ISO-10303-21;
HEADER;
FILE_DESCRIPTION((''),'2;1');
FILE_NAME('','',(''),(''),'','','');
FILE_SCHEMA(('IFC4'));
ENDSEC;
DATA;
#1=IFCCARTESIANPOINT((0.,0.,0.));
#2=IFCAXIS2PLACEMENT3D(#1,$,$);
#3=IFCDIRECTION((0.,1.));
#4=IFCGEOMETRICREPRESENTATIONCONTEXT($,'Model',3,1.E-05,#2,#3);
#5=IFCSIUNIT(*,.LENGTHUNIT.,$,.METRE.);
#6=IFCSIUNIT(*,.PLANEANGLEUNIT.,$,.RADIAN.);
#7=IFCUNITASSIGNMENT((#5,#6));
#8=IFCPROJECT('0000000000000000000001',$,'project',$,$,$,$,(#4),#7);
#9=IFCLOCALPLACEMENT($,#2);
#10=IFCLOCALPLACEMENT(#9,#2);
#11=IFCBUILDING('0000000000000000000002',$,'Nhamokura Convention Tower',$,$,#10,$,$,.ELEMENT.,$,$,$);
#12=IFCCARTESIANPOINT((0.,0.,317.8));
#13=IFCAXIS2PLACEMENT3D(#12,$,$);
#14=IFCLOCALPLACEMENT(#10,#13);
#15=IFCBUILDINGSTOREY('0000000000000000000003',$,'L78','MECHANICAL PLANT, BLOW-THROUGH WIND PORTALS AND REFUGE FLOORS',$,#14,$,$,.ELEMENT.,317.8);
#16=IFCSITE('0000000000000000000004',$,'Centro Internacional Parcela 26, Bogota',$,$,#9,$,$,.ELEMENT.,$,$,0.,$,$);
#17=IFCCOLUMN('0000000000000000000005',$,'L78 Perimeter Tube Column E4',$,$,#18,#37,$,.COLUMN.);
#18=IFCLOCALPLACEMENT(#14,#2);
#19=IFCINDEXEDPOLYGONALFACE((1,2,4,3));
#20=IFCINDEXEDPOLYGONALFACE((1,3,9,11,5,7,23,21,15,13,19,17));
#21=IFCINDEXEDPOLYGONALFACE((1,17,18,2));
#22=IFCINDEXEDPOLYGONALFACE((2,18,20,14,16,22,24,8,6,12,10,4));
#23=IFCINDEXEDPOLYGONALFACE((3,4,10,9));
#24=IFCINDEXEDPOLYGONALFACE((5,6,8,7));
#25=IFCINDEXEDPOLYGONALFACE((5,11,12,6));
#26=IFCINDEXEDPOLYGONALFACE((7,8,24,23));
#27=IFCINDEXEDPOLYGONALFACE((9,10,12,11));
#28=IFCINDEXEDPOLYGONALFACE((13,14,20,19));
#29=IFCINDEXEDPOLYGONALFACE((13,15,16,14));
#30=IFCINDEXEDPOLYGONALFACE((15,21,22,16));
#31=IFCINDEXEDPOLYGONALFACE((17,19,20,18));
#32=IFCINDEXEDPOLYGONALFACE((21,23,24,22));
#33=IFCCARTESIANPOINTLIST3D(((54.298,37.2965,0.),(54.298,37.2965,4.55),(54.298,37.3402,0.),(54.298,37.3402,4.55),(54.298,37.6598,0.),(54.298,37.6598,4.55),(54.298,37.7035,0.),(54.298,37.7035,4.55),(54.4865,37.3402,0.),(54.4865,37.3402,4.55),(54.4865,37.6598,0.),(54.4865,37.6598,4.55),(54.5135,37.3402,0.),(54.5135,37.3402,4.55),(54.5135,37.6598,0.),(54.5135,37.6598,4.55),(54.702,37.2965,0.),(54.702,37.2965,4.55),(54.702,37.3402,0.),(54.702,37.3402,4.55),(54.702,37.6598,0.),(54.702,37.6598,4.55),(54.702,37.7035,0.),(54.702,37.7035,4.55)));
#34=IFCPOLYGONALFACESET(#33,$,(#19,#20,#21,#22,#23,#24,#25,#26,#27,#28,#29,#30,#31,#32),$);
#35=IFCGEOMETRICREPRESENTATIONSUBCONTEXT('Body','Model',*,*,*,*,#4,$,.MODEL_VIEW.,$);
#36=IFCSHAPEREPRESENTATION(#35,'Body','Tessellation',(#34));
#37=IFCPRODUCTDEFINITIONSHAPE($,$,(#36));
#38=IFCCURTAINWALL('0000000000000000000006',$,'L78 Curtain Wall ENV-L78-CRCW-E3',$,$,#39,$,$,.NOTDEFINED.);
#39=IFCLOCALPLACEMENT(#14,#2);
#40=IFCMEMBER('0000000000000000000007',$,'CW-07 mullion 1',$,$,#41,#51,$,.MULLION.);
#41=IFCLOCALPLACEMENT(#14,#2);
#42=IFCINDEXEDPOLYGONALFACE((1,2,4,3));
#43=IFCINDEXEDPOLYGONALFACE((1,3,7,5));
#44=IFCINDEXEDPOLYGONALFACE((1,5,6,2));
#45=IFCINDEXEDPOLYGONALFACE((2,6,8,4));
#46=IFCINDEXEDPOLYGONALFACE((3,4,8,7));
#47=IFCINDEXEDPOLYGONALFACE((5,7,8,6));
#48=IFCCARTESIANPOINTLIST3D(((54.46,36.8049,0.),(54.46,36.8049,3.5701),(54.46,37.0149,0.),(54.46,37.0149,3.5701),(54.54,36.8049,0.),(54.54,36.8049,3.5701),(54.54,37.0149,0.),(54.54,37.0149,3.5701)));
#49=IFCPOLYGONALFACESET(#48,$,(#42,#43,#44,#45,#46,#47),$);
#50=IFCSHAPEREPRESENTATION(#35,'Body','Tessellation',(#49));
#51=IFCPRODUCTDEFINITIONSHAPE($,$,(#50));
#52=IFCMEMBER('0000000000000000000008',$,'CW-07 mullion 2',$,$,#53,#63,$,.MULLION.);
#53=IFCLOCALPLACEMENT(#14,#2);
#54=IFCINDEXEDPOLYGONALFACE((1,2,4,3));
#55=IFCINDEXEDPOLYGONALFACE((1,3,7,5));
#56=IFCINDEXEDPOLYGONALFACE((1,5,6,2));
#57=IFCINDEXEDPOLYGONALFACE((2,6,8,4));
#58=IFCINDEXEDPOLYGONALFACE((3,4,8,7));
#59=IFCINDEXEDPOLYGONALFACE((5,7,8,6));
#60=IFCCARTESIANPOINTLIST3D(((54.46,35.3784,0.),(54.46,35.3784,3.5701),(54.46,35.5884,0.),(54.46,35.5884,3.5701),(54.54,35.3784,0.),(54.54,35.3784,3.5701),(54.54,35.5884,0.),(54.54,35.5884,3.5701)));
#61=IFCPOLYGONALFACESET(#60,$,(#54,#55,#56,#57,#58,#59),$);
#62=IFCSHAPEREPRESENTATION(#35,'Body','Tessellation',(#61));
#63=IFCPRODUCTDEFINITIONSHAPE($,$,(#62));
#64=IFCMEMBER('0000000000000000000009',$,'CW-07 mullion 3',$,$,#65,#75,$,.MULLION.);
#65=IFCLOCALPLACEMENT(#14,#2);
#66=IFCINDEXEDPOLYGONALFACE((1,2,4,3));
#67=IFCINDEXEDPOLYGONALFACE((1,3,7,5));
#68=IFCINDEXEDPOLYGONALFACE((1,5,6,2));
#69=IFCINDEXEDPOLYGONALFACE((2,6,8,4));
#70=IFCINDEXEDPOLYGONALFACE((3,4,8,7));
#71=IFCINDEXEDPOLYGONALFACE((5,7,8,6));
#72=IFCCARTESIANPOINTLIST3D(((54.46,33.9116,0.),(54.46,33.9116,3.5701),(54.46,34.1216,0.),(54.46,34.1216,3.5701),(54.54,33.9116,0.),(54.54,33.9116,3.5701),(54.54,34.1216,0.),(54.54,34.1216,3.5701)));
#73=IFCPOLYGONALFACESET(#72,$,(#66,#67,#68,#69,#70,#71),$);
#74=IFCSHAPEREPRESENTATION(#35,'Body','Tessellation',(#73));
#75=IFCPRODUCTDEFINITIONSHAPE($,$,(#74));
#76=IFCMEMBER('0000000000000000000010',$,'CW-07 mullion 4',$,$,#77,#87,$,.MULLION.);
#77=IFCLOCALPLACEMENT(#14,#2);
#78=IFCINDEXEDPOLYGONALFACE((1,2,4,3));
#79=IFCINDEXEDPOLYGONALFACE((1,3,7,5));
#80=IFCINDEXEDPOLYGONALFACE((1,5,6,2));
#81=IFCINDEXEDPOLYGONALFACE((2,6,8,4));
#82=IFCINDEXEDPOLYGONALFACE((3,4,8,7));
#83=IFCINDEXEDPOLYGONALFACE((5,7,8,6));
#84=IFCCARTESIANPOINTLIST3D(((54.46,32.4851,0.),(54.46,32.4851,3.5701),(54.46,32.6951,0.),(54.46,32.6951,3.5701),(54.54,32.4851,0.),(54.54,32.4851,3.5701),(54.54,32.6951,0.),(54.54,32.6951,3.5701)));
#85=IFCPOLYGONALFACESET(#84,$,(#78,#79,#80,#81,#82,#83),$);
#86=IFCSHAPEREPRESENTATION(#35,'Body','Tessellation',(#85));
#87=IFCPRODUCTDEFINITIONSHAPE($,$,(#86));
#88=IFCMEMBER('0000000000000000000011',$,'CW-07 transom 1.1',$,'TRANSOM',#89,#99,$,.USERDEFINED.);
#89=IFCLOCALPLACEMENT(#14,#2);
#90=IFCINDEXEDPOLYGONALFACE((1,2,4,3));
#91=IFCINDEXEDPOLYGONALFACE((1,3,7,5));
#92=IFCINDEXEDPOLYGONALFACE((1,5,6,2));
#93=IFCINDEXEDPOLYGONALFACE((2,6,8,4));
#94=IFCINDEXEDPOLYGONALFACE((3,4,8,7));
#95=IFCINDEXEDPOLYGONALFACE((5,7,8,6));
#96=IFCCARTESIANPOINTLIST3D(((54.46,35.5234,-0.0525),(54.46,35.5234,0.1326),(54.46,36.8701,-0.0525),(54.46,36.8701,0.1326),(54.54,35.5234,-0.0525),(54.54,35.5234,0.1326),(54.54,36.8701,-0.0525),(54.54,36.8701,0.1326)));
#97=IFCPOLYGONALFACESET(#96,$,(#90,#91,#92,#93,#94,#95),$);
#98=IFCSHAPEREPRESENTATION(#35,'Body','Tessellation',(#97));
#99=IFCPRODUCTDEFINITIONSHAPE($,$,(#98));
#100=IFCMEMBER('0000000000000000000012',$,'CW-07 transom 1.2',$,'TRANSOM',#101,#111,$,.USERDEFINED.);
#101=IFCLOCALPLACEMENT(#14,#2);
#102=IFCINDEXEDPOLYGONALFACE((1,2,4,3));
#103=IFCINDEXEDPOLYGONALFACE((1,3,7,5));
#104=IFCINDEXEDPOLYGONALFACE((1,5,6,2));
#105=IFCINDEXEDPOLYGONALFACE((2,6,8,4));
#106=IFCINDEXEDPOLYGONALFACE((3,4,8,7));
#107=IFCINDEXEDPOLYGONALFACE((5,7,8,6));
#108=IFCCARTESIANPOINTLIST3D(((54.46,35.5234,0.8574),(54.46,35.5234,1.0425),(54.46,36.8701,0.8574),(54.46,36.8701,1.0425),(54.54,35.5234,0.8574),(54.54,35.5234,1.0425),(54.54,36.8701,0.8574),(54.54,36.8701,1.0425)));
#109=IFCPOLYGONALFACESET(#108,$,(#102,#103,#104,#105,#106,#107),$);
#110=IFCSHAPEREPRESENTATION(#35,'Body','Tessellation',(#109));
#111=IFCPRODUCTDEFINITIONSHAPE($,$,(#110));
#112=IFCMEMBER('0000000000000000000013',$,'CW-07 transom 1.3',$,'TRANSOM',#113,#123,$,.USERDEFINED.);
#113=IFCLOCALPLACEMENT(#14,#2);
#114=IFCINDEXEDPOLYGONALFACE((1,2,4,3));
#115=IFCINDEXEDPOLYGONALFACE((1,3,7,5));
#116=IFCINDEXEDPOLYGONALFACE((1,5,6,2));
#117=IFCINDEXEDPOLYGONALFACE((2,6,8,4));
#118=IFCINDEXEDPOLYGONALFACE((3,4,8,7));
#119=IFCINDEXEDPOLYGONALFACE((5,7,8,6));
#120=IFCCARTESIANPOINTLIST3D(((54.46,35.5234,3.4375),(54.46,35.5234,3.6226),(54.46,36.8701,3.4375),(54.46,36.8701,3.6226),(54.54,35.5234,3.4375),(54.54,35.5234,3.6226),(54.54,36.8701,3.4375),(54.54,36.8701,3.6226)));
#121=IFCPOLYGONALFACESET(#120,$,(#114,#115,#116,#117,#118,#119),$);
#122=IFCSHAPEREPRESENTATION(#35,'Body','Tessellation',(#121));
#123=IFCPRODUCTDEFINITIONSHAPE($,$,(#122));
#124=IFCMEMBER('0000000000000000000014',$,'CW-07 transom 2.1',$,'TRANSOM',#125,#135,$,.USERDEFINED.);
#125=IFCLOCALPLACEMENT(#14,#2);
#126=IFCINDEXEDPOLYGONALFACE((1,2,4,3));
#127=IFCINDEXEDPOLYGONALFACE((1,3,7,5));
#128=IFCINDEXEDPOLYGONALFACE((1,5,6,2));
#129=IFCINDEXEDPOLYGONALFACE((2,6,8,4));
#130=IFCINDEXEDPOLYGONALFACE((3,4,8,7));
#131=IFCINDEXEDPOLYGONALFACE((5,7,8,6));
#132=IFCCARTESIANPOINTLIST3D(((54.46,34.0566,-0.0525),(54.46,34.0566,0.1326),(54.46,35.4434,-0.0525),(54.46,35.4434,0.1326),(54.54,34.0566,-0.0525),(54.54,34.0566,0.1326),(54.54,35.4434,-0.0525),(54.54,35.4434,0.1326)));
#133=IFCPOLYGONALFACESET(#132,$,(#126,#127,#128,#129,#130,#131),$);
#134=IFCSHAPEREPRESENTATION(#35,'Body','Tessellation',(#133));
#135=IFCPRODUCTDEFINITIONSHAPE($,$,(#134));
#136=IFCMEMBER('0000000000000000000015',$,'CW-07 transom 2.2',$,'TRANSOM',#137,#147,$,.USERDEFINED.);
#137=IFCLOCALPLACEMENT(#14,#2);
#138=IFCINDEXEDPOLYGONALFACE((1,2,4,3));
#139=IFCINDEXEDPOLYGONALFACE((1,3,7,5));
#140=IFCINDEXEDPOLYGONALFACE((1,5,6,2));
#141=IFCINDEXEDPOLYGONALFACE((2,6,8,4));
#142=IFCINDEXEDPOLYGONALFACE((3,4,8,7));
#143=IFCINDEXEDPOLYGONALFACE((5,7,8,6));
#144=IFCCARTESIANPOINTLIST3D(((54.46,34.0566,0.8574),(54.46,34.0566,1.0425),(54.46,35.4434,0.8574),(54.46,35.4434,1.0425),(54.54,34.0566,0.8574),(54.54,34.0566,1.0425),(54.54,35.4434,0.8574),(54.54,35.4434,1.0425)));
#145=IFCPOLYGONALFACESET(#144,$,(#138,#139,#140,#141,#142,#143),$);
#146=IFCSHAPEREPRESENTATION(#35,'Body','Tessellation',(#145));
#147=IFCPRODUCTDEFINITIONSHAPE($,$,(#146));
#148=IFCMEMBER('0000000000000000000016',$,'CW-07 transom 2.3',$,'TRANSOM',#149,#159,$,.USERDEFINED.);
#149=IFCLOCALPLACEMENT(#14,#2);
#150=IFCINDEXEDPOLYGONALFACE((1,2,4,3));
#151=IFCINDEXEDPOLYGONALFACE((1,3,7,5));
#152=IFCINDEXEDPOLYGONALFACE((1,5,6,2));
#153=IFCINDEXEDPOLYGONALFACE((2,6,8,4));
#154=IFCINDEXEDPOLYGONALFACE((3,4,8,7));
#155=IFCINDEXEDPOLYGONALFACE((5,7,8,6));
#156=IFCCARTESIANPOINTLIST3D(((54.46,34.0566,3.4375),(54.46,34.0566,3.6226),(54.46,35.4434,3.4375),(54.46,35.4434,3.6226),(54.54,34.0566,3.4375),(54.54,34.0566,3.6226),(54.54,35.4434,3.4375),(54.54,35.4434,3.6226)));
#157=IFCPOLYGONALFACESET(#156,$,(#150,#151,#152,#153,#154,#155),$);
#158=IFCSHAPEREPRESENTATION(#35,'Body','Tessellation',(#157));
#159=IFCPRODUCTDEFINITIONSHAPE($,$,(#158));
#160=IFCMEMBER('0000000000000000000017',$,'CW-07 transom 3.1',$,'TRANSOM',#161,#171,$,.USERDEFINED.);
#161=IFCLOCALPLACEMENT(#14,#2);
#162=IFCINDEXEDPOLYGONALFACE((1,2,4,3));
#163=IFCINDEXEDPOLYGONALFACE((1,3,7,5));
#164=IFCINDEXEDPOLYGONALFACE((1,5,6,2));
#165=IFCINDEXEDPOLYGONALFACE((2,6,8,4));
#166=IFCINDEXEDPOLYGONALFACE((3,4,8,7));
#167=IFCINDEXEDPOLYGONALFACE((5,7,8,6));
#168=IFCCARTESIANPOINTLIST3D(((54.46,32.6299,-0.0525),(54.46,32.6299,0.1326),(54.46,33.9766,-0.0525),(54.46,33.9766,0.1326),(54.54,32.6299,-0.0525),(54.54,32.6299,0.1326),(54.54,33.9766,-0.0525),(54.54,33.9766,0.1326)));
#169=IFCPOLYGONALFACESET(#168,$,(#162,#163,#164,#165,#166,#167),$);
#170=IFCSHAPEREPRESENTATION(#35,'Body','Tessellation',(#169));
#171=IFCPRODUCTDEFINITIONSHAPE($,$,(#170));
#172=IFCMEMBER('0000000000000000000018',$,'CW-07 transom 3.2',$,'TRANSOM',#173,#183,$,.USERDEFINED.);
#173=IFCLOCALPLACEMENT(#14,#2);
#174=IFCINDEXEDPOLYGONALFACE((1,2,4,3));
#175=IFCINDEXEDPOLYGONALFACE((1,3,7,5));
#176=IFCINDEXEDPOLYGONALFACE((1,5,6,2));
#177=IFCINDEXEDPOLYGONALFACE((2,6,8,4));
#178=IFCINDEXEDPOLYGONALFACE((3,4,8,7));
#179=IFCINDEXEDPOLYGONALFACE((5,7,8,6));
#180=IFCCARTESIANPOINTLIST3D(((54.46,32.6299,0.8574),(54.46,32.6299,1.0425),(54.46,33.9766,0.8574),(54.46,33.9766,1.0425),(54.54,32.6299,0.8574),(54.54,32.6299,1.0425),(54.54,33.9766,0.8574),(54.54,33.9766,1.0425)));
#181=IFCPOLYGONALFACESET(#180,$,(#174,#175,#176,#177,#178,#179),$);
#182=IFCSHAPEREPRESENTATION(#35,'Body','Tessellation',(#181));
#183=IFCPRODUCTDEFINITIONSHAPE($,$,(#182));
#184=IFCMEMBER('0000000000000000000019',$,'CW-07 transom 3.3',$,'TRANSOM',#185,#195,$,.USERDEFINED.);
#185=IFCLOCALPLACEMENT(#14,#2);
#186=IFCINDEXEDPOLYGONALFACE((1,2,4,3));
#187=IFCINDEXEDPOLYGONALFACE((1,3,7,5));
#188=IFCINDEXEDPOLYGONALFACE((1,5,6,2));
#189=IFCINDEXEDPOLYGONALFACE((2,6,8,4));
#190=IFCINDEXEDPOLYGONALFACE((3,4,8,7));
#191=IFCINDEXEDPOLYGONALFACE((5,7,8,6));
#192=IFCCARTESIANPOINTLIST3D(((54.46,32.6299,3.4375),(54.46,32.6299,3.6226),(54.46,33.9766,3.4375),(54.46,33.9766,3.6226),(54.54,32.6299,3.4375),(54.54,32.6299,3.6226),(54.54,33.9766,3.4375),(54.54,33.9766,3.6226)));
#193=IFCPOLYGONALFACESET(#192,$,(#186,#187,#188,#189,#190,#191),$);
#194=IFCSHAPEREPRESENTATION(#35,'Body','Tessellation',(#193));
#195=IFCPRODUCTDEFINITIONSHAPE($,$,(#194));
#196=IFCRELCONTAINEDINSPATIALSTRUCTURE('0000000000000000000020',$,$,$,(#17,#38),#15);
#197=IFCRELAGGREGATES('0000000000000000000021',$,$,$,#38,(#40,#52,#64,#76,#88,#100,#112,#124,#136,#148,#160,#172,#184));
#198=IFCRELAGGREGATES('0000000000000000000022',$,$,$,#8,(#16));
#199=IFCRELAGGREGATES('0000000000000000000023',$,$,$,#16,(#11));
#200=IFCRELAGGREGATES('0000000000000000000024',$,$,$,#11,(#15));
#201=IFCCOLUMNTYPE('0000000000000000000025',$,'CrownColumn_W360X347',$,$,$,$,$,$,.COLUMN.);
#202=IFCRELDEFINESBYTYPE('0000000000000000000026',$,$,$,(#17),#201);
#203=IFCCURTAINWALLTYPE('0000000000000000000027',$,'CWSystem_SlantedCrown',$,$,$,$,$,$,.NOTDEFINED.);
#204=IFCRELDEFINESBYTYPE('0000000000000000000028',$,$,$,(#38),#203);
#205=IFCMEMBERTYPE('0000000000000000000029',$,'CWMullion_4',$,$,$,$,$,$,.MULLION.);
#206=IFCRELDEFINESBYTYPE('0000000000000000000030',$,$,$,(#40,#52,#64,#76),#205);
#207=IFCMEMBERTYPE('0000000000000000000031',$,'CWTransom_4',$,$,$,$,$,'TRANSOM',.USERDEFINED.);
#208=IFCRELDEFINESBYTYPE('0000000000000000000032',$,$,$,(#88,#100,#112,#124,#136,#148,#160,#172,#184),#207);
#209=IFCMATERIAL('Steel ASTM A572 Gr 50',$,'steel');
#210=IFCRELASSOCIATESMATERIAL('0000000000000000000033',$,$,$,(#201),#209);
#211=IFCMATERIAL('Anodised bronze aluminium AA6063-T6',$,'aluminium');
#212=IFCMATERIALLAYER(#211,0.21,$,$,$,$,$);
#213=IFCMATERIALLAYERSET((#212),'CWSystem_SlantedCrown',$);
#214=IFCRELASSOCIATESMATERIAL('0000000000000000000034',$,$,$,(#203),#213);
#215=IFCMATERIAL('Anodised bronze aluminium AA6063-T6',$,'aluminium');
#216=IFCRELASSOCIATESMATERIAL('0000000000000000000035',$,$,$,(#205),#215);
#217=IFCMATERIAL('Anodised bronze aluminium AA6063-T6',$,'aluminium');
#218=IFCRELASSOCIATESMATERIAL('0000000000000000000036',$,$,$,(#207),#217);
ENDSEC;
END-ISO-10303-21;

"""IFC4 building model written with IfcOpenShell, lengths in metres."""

from ifc_helpers import new_model, si_unit, direction, frame, origin, origin_2d, place, context, subcontext, project, spatial, rectangle, i_section, extrude, material, layer, layer_set, material_profile, profile_set, type_object, element, aggregate, save


model = new_model("IFC4")

# Units and contexts
model_context = context("Model", 3, precision=1e-05, world=origin(), true_north=direction((0.0, 1.0)))
body_context = subcontext(model_context, "Body", "Model", "MODEL_VIEW")
ifc_project = project(units=[si_unit("LENGTHUNIT", "METRE"), si_unit("PLANEANGLEUNIT", "RADIAN")], contexts=[model_context])

# Site, building, storey
site_placement = place(None, origin())
site = spatial("IfcSite", under=ifc_project, at=site_placement, Name="Centro Internacional Parcela 26, Bogota", CompositionType="ELEMENT", RefElevation=0.0)
building_placement = place(site_placement, origin())
building = spatial("IfcBuilding", under=site, at=building_placement, Name="Nhamokura Convention Tower", CompositionType="ELEMENT")
storey_placement = place(building_placement, frame((0.0, 0.0, 317.8)))
storey = spatial("IfcBuildingStorey", under=building, at=storey_placement, Name="L78", Description="MECHANICAL PLANT, BLOW-THROUGH WIND PORTALS AND REFUGE FLOORS", CompositionType="ELEMENT", Elevation=317.8)

# Column
ifc_material_1 = material(Name="Steel ASTM A572 Gr 50", Category="steel")
ifc_material_profile_1 = material_profile(ifc_material_1, i_section(OverallWidth=0.4041, OverallDepth=0.407, WebThickness=0.0271, FlangeThickness=0.0437, at=origin_2d()))
ifc_profile_set_1 = profile_set([ifc_material_profile_1], Name="Steel ASTM A572 Gr 50")
column_type = type_object("IfcColumnType", Name="CrownColumn_W360X347", PredefinedType="COLUMN", material=ifc_profile_set_1)
column_placement = place(storey_placement, frame((54.5, 37.5, 0.0), z_axis=(0.0, 0.0, 1.0), x_axis=(1.0, 0.0, 0.0)))
element("IfcColumn", 1, at=column_placement, inside=storey, type_object=column_type, Name="L78 Perimeter Tube Column E4", PredefinedType="COLUMN", context=body_context, shape_type="SweptSolid", body=[
    extrude(i_section(OverallWidth=0.4041, OverallDepth=0.407, WebThickness=0.0271, FlangeThickness=0.0437, at=origin_2d()), origin(), (0.0, 0.0, 1.0), 4.55),
])

# Curtain wall, members
ifc_material_2 = material(Name="Anodised bronze aluminium AA6063-T6", Category="aluminium")
ifc_layer_1 = layer(ifc_material_2, 0.21)
ifc_layer_set_1 = layer_set([ifc_layer_1], Name="CWSystem_SlantedCrown")
curtain_wall_type = type_object("IfcCurtainWallType", Name="CWSystem_SlantedCrown", PredefinedType="NOTDEFINED", material=ifc_layer_set_1)
curtain_wall_placement = place(storey_placement, origin())
curtain_wall = element("IfcCurtainWall", 2, at=curtain_wall_placement, inside=storey, type_object=curtain_wall_type, Name="L78 Curtain Wall ENV-L78-CRCW-E3", PredefinedType="NOTDEFINED")
ifc_material_3 = material(Name="Anodised bronze aluminium AA6063-T6", Category="aluminium")
ifc_material_profile_2 = material_profile(ifc_material_3, rectangle(XDim=0.0801, YDim=0.21, at=origin_2d()))
ifc_profile_set_2 = profile_set([ifc_material_profile_2], Name="Anodised bronze aluminium AA6063-T6")
member_type_1 = type_object("IfcMemberType", Name="CWMullion_4", PredefinedType="MULLION", material=ifc_profile_set_2)
member_1_placement = place(storey_placement, frame((54.5, 36.9099, 0.0), z_axis=(0.0, 0.0, 1.0), x_axis=(1.0, 0.0, 0.0)))
member_1 = element("IfcMember", 3, at=member_1_placement, type_object=member_type_1, Name="CW-07 mullion 1", PredefinedType="MULLION", context=body_context, shape_type="SweptSolid", body=[
    extrude(rectangle(XDim=0.0801, YDim=0.21, at=origin_2d()), origin(), (0.0, 0.0, 1.0), 3.5701),
])
member_2_placement = place(storey_placement, frame((54.5, 35.4834, 0.0), z_axis=(0.0, 0.0, 1.0), x_axis=(1.0, 0.0, 0.0)))
member_2 = element("IfcMember", 4, at=member_2_placement, type_object=member_type_1, Name="CW-07 mullion 2", PredefinedType="MULLION", context=body_context, shape_type="SweptSolid", body=[
    extrude(rectangle(XDim=0.0801, YDim=0.21, at=origin_2d()), origin(), (0.0, 0.0, 1.0), 3.5701),
])
member_3_placement = place(storey_placement, frame((54.5, 34.0166, 0.0), z_axis=(0.0, 0.0, 1.0), x_axis=(1.0, 0.0, 0.0)))
member_3 = element("IfcMember", 5, at=member_3_placement, type_object=member_type_1, Name="CW-07 mullion 3", PredefinedType="MULLION", context=body_context, shape_type="SweptSolid", body=[
    extrude(rectangle(XDim=0.0801, YDim=0.21, at=origin_2d()), origin(), (0.0, 0.0, 1.0), 3.5701),
])
member_4_placement = place(storey_placement, frame((54.5, 32.5901, 0.0), z_axis=(0.0, 0.0, 1.0), x_axis=(1.0, 0.0, 0.0)))
member_4 = element("IfcMember", 6, at=member_4_placement, type_object=member_type_1, Name="CW-07 mullion 4", PredefinedType="MULLION", context=body_context, shape_type="SweptSolid", body=[
    extrude(rectangle(XDim=0.0801, YDim=0.21, at=origin_2d()), origin(), (0.0, 0.0, 1.0), 3.5701),
])
ifc_material_4 = material(Name="Anodised bronze aluminium AA6063-T6", Category="aluminium")
ifc_material_profile_3 = material_profile(ifc_material_4, rectangle(XDim=0.0801, YDim=0.1851, at=origin_2d()))
ifc_profile_set_3 = profile_set([ifc_material_profile_3], Name="Anodised bronze aluminium AA6063-T6")
member_type_2 = type_object("IfcMemberType", Name="CWTransom_4", ElementType="TRANSOM", PredefinedType="USERDEFINED", material=ifc_profile_set_3)
member_5_placement = place(storey_placement, frame((54.5, 36.8701, 0.04), z_axis=(0.0, -1.0, 0.0), x_axis=(1.0, 0.0, 0.0)))
member_5 = element("IfcMember", 7, at=member_5_placement, type_object=member_type_2, Name="CW-07 transom 1.1", ObjectType="TRANSOM", PredefinedType="USERDEFINED", context=body_context, shape_type="SweptSolid", body=[
    extrude(rectangle(XDim=0.0801, YDim=0.1851, at=origin_2d()), origin(), (0.0, 0.0, 1.0), 1.3467),
])
member_6_placement = place(storey_placement, frame((54.5, 36.8701, 0.95), z_axis=(0.0, -1.0, 0.0), x_axis=(1.0, 0.0, 0.0)))
member_6 = element("IfcMember", 8, at=member_6_placement, type_object=member_type_2, Name="CW-07 transom 1.2", ObjectType="TRANSOM", PredefinedType="USERDEFINED", context=body_context, shape_type="SweptSolid", body=[
    extrude(rectangle(XDim=0.0801, YDim=0.1851, at=origin_2d()), origin(), (0.0, 0.0, 1.0), 1.3467),
])
member_7_placement = place(storey_placement, frame((54.5, 36.8701, 3.53), z_axis=(0.0, -1.0, 0.0), x_axis=(1.0, 0.0, 0.0)))
member_7 = element("IfcMember", 9, at=member_7_placement, type_object=member_type_2, Name="CW-07 transom 1.3", ObjectType="TRANSOM", PredefinedType="USERDEFINED", context=body_context, shape_type="SweptSolid", body=[
    extrude(rectangle(XDim=0.0801, YDim=0.1851, at=origin_2d()), origin(), (0.0, 0.0, 1.0), 1.3467),
])
member_8_placement = place(storey_placement, frame((54.5, 35.4434, 0.04), z_axis=(0.0, -1.0, 0.0), x_axis=(1.0, 0.0, 0.0)))
member_8 = element("IfcMember", 10, at=member_8_placement, type_object=member_type_2, Name="CW-07 transom 2.1", ObjectType="TRANSOM", PredefinedType="USERDEFINED", context=body_context, shape_type="SweptSolid", body=[
    extrude(rectangle(XDim=0.0801, YDim=0.1851, at=origin_2d()), origin(), (0.0, 0.0, 1.0), 1.3867),
])
member_9_placement = place(storey_placement, frame((54.5, 35.4434, 0.95), z_axis=(0.0, -1.0, 0.0), x_axis=(1.0, 0.0, 0.0)))
member_9 = element("IfcMember", 11, at=member_9_placement, type_object=member_type_2, Name="CW-07 transom 2.2", ObjectType="TRANSOM", PredefinedType="USERDEFINED", context=body_context, shape_type="SweptSolid", body=[
    extrude(rectangle(XDim=0.0801, YDim=0.1851, at=origin_2d()), origin(), (0.0, 0.0, 1.0), 1.3867),
])
member_10_placement = place(storey_placement, frame((54.5, 35.4434, 3.53), z_axis=(0.0, -1.0, 0.0), x_axis=(1.0, 0.0, 0.0)))
member_10 = element("IfcMember", 12, at=member_10_placement, type_object=member_type_2, Name="CW-07 transom 2.3", ObjectType="TRANSOM", PredefinedType="USERDEFINED", context=body_context, shape_type="SweptSolid", body=[
    extrude(rectangle(XDim=0.0801, YDim=0.1851, at=origin_2d()), origin(), (0.0, 0.0, 1.0), 1.3867),
])
member_11_placement = place(storey_placement, frame((54.5, 33.9766, 0.04), z_axis=(0.0, -1.0, 0.0), x_axis=(1.0, 0.0, 0.0)))
member_11 = element("IfcMember", 13, at=member_11_placement, type_object=member_type_2, Name="CW-07 transom 3.1", ObjectType="TRANSOM", PredefinedType="USERDEFINED", context=body_context, shape_type="SweptSolid", body=[
    extrude(rectangle(XDim=0.0801, YDim=0.1851, at=origin_2d()), origin(), (0.0, 0.0, 1.0), 1.3467),
])
member_12_placement = place(storey_placement, frame((54.5, 33.9766, 0.95), z_axis=(0.0, -1.0, 0.0), x_axis=(1.0, 0.0, 0.0)))
member_12 = element("IfcMember", 14, at=member_12_placement, type_object=member_type_2, Name="CW-07 transom 3.2", ObjectType="TRANSOM", PredefinedType="USERDEFINED", context=body_context, shape_type="SweptSolid", body=[
    extrude(rectangle(XDim=0.0801, YDim=0.1851, at=origin_2d()), origin(), (0.0, 0.0, 1.0), 1.3467),
])
member_13_placement = place(storey_placement, frame((54.5, 33.9766, 3.53), z_axis=(0.0, -1.0, 0.0), x_axis=(1.0, 0.0, 0.0)))
member_13 = element("IfcMember", 15, at=member_13_placement, type_object=member_type_2, Name="CW-07 transom 3.3", ObjectType="TRANSOM", PredefinedType="USERDEFINED", context=body_context, shape_type="SweptSolid", body=[
    extrude(rectangle(XDim=0.0801, YDim=0.1851, at=origin_2d()), origin(), (0.0, 0.0, 1.0), 1.3467),
])

aggregate(curtain_wall, [member_1, member_2, member_3, member_4, member_5, member_6, member_7, member_8, member_9, member_10, member_11, member_12, member_13])

save(model, "model.ifc")
